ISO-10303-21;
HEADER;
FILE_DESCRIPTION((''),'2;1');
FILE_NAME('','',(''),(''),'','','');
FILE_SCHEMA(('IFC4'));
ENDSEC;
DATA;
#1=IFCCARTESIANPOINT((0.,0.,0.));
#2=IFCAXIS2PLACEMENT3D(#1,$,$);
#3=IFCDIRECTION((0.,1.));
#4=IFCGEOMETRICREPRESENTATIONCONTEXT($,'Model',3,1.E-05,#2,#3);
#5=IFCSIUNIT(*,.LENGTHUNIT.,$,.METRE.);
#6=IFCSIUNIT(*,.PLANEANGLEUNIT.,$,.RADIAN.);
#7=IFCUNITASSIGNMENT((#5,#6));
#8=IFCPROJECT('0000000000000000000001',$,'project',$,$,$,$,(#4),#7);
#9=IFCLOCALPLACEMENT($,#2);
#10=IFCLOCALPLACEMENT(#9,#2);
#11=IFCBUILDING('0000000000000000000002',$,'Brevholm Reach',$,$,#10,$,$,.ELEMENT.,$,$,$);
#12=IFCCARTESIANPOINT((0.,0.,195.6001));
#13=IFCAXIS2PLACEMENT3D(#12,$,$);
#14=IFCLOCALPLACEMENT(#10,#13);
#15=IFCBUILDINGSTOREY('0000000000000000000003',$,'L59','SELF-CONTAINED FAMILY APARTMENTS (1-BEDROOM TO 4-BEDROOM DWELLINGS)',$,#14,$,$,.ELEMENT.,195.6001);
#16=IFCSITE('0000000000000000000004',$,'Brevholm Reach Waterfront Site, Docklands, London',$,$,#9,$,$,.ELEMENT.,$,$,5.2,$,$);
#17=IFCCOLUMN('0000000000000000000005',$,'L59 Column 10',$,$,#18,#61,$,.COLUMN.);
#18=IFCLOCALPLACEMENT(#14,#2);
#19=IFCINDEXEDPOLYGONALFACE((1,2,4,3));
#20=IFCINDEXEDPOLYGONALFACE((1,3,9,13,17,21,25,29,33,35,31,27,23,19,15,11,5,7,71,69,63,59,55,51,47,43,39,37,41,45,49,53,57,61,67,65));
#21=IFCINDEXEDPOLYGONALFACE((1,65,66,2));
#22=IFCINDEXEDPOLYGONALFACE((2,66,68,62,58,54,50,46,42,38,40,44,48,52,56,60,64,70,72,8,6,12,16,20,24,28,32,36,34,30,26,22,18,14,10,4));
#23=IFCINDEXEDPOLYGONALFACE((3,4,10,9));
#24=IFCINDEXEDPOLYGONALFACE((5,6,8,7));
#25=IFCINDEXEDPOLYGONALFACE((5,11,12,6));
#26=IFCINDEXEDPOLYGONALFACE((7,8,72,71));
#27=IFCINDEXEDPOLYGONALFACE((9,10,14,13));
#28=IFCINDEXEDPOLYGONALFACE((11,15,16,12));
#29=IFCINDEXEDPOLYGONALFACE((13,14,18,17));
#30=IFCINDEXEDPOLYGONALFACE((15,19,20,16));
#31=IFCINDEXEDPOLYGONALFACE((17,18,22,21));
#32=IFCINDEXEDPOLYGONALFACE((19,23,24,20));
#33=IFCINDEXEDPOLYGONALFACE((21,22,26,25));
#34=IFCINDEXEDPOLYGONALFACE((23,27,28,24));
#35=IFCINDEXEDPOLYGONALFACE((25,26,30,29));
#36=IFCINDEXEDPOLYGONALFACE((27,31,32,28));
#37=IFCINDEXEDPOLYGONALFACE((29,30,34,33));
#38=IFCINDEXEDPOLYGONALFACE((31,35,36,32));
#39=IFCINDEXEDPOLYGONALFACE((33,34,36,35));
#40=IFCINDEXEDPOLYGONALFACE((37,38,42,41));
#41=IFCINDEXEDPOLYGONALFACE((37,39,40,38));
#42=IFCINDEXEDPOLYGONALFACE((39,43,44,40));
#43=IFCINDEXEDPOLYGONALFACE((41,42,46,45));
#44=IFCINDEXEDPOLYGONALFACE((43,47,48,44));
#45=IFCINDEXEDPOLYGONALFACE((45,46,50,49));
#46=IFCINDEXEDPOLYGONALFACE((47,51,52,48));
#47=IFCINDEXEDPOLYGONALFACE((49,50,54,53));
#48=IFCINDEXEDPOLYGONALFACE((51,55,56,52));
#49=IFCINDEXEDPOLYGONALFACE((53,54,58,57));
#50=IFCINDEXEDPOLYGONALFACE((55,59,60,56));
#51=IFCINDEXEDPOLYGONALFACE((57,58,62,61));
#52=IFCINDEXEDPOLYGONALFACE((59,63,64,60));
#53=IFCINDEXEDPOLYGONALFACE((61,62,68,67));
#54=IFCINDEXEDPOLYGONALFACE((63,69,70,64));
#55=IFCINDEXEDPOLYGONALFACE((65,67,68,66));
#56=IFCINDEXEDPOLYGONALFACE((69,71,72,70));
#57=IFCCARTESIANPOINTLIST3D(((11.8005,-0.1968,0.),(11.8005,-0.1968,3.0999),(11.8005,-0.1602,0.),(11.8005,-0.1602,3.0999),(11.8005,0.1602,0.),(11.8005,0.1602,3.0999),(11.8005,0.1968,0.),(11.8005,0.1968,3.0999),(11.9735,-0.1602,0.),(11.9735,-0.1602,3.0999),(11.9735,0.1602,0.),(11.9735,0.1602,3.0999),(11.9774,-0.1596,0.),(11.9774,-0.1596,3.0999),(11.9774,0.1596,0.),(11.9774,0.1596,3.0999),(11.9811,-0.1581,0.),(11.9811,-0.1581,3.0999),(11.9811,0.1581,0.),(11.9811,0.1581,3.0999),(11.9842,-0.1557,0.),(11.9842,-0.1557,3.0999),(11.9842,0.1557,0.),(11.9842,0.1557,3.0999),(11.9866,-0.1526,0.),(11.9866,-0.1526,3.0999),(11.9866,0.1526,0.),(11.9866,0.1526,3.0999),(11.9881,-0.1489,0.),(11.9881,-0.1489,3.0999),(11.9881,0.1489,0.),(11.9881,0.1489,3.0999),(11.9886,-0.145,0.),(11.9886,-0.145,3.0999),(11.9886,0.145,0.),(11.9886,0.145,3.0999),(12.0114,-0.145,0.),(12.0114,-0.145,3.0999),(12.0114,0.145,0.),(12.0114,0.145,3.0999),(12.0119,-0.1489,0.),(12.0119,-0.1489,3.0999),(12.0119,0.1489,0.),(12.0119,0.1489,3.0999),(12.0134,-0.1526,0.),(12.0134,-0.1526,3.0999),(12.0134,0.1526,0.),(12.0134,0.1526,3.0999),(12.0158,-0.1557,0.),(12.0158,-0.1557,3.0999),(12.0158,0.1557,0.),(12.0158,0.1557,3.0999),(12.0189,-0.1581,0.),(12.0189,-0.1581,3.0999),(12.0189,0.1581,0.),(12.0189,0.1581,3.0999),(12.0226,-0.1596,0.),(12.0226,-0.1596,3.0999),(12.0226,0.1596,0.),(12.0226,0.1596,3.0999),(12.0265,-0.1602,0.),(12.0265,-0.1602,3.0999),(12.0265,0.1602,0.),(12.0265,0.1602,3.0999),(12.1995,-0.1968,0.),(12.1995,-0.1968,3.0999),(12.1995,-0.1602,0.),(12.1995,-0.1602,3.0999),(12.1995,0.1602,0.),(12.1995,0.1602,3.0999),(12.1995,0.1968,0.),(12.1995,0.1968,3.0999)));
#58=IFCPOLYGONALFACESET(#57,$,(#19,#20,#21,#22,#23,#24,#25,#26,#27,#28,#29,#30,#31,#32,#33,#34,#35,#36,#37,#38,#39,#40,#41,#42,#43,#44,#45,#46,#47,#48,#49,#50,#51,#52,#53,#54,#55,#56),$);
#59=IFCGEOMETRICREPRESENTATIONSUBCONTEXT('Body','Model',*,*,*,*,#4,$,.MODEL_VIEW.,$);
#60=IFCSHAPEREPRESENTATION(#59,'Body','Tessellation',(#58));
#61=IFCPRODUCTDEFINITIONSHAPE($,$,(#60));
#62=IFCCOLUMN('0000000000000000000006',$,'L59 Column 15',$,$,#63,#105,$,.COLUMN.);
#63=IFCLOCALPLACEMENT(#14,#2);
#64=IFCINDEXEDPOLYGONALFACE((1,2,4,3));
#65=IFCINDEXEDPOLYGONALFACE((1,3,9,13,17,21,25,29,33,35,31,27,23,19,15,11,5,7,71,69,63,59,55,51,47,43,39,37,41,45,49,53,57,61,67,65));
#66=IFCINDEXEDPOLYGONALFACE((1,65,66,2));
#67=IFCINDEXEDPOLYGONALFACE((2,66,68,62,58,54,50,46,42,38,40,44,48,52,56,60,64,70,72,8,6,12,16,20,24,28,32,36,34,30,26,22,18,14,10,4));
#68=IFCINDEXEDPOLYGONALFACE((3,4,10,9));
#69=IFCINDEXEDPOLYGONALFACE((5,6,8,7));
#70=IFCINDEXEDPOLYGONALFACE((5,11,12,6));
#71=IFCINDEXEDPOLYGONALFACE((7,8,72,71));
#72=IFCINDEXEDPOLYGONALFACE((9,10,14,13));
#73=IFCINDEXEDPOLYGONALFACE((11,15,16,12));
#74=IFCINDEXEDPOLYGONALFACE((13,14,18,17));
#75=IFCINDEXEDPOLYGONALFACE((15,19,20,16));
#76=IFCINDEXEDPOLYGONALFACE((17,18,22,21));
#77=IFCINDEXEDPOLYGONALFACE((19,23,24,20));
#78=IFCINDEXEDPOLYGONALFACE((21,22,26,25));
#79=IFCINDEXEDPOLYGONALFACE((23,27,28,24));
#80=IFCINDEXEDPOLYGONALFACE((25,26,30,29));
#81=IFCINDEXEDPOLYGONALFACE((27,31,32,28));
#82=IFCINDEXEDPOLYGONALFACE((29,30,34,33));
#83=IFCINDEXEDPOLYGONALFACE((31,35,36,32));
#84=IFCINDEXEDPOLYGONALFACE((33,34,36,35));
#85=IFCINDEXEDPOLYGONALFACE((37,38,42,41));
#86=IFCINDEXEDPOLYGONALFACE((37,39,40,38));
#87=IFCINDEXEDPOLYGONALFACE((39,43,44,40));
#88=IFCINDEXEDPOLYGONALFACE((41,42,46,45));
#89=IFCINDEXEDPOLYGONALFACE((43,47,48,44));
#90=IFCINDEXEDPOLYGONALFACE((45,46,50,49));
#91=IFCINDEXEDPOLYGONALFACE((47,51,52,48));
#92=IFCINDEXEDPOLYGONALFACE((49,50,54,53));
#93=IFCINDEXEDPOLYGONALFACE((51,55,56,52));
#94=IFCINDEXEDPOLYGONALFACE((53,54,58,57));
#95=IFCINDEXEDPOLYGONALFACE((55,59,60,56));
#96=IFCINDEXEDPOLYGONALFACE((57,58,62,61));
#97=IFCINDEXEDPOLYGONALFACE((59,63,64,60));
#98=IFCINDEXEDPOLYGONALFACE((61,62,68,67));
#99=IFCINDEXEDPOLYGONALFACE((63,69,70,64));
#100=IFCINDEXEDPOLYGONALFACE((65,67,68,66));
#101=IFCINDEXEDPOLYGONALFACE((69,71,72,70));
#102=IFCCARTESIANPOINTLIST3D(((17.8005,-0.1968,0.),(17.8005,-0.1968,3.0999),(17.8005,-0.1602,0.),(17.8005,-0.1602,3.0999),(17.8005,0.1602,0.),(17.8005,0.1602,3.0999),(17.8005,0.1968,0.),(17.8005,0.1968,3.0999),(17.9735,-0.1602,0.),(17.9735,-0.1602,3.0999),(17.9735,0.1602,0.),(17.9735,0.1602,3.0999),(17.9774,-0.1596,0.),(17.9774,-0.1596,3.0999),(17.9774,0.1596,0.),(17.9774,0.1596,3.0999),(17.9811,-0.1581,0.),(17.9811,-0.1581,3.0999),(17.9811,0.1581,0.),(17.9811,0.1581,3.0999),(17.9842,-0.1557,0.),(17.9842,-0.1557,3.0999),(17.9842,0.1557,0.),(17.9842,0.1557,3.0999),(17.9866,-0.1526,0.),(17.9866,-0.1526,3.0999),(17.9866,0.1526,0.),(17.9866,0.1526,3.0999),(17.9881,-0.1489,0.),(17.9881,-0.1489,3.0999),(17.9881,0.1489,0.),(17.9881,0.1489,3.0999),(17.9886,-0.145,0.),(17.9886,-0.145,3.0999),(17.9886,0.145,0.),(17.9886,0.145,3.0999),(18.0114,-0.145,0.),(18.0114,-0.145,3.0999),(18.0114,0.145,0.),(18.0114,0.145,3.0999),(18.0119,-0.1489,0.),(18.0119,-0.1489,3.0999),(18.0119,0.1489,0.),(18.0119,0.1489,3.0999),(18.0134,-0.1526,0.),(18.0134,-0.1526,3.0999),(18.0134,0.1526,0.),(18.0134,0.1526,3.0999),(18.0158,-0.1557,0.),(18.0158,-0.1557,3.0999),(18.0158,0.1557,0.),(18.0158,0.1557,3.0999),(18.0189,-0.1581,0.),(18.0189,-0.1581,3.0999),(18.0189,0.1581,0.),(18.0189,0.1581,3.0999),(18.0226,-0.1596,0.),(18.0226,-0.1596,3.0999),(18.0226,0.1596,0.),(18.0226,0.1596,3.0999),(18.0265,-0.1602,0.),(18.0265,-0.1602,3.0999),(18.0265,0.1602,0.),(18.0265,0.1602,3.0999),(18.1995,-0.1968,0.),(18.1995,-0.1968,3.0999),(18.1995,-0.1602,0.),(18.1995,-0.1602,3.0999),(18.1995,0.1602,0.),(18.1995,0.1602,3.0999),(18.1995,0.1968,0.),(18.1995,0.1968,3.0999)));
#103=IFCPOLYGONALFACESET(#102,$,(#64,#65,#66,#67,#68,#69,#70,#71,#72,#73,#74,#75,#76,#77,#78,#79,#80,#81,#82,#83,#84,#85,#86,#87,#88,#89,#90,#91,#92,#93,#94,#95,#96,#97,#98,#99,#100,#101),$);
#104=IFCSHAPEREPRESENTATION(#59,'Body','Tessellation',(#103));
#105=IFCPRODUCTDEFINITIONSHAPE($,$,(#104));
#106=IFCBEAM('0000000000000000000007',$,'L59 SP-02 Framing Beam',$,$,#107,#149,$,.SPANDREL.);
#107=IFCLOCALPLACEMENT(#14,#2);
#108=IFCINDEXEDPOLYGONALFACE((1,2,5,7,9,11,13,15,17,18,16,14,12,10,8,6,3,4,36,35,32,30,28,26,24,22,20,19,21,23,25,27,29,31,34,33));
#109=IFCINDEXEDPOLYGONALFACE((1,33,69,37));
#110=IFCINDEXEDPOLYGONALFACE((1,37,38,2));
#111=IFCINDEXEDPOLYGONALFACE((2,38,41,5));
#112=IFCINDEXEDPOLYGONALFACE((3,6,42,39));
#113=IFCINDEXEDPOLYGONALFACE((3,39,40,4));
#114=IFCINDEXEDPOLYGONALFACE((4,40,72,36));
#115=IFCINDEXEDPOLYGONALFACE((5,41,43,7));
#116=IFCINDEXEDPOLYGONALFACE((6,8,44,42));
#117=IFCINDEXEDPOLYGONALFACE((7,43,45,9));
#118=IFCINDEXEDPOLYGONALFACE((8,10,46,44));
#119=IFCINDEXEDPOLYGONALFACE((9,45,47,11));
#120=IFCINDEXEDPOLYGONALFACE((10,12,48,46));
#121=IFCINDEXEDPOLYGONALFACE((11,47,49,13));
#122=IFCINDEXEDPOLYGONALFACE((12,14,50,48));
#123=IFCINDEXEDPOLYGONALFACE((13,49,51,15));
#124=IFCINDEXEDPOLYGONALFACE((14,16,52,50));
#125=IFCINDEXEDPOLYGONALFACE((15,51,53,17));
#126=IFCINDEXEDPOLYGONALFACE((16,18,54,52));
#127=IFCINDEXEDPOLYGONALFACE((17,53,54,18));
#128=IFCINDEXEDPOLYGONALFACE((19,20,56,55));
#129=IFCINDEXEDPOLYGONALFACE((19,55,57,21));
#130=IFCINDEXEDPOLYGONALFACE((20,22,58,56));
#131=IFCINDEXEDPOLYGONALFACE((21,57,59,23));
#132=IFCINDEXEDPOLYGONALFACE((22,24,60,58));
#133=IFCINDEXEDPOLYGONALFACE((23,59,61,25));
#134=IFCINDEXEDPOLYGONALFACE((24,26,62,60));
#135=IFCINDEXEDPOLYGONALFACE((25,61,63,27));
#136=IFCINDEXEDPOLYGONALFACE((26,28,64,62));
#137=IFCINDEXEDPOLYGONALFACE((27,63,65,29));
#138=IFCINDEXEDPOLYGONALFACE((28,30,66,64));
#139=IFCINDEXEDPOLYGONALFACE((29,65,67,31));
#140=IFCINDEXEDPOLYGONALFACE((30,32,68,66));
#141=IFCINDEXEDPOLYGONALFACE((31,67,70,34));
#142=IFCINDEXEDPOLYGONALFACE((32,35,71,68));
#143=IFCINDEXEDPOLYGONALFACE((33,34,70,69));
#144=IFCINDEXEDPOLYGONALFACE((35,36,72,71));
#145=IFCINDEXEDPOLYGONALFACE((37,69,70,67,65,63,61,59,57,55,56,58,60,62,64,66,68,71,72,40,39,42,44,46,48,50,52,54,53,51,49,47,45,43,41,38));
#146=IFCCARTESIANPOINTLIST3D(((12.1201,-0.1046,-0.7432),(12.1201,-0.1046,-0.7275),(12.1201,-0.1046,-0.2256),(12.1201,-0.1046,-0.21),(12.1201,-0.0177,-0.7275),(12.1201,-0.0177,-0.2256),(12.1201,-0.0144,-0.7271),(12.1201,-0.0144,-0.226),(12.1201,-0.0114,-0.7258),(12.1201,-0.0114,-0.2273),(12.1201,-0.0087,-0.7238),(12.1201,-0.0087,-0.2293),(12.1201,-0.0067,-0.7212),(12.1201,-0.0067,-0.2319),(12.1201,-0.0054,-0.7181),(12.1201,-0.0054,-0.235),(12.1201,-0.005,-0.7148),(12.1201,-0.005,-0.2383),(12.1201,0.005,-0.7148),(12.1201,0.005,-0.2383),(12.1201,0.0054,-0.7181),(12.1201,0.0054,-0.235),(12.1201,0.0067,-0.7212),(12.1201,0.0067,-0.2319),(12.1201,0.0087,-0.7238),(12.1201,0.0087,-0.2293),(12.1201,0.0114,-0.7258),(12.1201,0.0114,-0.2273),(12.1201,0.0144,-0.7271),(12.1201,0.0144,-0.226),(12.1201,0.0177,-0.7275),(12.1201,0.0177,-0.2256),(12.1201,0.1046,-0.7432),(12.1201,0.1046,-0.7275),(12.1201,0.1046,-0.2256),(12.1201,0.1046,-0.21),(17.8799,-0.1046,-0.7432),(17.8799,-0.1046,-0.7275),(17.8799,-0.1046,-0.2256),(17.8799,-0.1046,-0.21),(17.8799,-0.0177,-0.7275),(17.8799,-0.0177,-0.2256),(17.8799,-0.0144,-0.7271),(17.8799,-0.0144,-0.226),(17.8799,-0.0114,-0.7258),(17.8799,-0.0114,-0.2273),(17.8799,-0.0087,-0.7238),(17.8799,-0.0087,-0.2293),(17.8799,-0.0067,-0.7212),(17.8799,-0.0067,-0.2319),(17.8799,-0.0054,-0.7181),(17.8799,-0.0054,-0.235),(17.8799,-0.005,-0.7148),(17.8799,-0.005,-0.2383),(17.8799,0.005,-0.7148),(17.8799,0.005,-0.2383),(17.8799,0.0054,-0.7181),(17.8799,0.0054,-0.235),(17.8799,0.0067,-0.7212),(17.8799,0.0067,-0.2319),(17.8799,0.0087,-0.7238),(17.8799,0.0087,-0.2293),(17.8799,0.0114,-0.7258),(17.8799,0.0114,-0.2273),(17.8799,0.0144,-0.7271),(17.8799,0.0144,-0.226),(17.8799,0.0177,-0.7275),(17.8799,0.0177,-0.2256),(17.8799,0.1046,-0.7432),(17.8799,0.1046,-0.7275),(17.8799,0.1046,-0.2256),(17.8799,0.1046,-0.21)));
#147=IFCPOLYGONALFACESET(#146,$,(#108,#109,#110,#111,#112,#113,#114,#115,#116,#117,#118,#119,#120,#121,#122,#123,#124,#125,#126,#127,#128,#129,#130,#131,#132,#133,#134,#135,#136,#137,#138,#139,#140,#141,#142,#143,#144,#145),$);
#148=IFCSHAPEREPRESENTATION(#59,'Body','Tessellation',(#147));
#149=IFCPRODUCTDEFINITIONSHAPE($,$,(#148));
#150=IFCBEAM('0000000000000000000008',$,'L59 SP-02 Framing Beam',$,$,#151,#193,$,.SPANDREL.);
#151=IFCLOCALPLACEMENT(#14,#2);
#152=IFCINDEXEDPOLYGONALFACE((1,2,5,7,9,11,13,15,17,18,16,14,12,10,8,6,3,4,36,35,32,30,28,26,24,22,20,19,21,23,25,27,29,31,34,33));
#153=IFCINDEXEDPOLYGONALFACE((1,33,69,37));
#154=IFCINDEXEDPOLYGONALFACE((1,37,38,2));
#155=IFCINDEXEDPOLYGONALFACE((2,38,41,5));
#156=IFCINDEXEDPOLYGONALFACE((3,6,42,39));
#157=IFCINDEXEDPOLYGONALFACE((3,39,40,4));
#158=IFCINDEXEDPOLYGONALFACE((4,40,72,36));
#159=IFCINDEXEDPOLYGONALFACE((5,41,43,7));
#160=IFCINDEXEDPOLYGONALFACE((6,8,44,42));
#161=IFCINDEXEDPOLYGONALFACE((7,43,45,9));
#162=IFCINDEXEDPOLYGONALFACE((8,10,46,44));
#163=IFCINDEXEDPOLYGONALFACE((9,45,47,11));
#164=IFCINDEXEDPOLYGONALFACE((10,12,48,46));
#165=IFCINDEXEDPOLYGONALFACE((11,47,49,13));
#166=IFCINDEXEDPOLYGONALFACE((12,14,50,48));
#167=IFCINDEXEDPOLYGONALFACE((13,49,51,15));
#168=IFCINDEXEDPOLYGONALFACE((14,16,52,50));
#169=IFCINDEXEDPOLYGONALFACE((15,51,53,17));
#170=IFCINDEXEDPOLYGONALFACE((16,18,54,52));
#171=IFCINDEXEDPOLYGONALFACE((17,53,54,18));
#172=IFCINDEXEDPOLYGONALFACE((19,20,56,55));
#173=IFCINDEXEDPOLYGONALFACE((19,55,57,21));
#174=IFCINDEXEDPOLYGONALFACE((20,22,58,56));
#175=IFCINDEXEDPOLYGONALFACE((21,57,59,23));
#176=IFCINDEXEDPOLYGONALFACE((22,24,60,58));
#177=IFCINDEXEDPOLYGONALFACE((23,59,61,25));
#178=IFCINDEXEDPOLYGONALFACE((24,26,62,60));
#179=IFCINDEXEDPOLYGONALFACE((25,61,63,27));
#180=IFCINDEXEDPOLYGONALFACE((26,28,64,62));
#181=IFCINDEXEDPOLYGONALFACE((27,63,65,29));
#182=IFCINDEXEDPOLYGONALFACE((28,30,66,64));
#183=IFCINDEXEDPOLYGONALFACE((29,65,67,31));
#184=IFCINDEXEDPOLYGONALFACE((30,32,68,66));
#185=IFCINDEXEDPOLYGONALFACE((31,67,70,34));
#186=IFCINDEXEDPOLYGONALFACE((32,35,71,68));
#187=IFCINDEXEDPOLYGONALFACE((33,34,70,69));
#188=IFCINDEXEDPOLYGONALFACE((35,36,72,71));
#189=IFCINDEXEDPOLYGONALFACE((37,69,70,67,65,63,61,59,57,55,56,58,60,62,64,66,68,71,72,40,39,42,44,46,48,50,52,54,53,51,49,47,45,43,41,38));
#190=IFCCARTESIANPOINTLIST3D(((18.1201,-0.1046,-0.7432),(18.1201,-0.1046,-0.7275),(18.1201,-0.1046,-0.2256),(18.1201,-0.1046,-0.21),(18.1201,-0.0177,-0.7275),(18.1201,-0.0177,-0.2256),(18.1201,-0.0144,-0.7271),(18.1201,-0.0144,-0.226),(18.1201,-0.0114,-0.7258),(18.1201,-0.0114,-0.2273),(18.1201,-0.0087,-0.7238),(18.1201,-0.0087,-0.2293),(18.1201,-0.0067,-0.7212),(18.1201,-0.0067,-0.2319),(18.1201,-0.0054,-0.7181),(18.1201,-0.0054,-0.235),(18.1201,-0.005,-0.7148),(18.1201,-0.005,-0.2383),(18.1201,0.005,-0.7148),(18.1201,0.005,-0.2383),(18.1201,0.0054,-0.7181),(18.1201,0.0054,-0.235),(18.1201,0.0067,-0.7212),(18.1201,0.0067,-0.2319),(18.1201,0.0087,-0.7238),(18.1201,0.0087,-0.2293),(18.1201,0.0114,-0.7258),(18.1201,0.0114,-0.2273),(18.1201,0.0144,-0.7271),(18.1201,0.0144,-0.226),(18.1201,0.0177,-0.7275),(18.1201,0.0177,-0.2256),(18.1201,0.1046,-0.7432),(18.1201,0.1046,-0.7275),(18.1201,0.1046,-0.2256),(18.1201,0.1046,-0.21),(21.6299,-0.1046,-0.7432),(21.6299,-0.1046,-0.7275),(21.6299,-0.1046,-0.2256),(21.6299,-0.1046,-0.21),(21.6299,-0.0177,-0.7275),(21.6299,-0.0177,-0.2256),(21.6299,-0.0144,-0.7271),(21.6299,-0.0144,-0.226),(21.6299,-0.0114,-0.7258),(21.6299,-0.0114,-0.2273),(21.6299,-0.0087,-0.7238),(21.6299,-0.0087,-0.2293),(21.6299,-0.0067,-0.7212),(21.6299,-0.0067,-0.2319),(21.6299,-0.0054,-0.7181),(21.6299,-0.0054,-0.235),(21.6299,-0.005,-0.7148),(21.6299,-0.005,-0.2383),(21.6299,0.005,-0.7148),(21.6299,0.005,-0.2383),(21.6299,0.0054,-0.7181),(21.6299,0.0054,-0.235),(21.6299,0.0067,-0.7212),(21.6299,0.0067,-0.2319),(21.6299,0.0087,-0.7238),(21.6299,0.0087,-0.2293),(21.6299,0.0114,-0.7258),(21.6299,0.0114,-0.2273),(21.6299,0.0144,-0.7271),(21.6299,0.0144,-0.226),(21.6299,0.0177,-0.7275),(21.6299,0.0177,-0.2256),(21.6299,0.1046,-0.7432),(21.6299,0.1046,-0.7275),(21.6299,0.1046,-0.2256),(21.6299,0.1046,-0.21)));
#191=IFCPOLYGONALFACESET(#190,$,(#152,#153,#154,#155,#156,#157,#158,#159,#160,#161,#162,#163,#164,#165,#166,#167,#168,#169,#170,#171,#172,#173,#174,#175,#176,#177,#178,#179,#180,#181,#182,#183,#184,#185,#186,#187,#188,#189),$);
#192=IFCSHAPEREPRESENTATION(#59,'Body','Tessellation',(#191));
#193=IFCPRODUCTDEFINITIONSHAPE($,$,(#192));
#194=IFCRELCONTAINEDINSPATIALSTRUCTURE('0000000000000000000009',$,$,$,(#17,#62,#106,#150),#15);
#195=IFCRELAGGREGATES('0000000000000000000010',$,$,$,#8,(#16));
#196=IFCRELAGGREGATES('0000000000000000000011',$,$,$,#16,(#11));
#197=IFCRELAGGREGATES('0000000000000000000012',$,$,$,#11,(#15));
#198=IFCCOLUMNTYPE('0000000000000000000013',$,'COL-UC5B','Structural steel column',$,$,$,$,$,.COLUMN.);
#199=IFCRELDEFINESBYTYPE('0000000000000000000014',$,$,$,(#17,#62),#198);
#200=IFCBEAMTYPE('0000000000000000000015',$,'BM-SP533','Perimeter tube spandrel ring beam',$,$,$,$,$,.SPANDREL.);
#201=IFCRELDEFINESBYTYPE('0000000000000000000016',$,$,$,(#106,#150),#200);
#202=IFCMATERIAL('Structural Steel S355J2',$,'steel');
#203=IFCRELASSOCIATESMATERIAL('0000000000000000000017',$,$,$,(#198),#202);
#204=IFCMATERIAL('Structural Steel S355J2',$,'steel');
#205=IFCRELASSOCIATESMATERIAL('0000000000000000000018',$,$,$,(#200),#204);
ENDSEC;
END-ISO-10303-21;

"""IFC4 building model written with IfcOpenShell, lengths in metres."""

from ifc_helpers import new_model, si_unit, direction, frame, origin, origin_2d, place, context, subcontext, project, spatial, i_section, extrude, material, material_profile, profile_set, type_object, element, save


model = new_model("IFC4")

# Units and contexts
model_context = context("Model", 3, precision=1e-05, world=origin(), true_north=direction((0.0, 1.0)))
body_context = subcontext(model_context, "Body", "Model", "MODEL_VIEW")
ifc_project = project(units=[si_unit("LENGTHUNIT", "METRE"), si_unit("PLANEANGLEUNIT", "RADIAN")], contexts=[model_context])

# Site, building, storey
site_placement = place(None, origin())
site = spatial("IfcSite", under=ifc_project, at=site_placement, Name="Brevholm Reach Waterfront Site, Docklands, London", CompositionType="ELEMENT", RefElevation=5.2)
building_placement = place(site_placement, origin())
building = spatial("IfcBuilding", under=site, at=building_placement, Name="Brevholm Reach", CompositionType="ELEMENT")
storey_placement = place(building_placement, frame((0.0, 0.0, 195.6001)))
storey = spatial("IfcBuildingStorey", under=building, at=storey_placement, Name="L59", Description="SELF-CONTAINED FAMILY APARTMENTS (1-BEDROOM TO 4-BEDROOM DWELLINGS)", CompositionType="ELEMENT", Elevation=195.6001)

# Columns
ifc_material_1 = material(Name="Structural Steel S355J2", Category="steel")
ifc_material_profile_1 = material_profile(ifc_material_1, i_section(OverallWidth=0.3989, OverallDepth=0.3936, WebThickness=0.0227, FlangeThickness=0.0366, FilletRadius=0.0151, at=origin_2d()), Name="UKC 356x406x287")
ifc_profile_set_1 = profile_set([ifc_material_profile_1], Name="Structural Steel S355J2")
column_type = type_object("IfcColumnType", Name="COL-UC5B", Description="Structural steel column", PredefinedType="COLUMN", material=ifc_profile_set_1)
for number, where, z_axis, x_axis, name in (
    (1, (12.0, 0.0, 0.0), (0.0, 0.0, 1.0), (1.0, 0.0, 0.0), "L59 Column 10"),
    (2, (18.0, 0.0, 0.0), (0.0, 0.0, 1.0), (1.0, 0.0, 0.0), "L59 Column 15"),
):
    element("IfcColumn", number, at=place(storey_placement, frame(where, z_axis=z_axis, x_axis=x_axis)), inside=storey, type_object=column_type, Name=name, PredefinedType="COLUMN", context=body_context, shape_type="SweptSolid", body=[
        extrude(i_section(OverallWidth=0.3989, OverallDepth=0.3936, WebThickness=0.0227, FlangeThickness=0.0366, FilletRadius=0.0151, at=origin_2d()), origin(), (0.0, 0.0, 1.0), 3.0999),
    ])

# Beams
ifc_material_2 = material(Name="Structural Steel S355J2", Category="steel")
ifc_material_profile_2 = material_profile(ifc_material_2, i_section(OverallWidth=0.2092, OverallDepth=0.5332, WebThickness=0.01, FlangeThickness=0.0156, FilletRadius=0.0127, at=origin_2d()), Name="UKB 533x210x92")
ifc_profile_set_2 = profile_set([ifc_material_profile_2], Name="Structural Steel S355J2")
beam_type_1 = type_object("IfcBeamType", Name="BM-SP533", Description="Perimeter tube spandrel ring beam", PredefinedType="SPANDREL", material=ifc_profile_set_2)
beam_1_placement = place(storey_placement, frame((12.1201, 0.0, -0.4766), z_axis=(1.0, 0.0, 0.0), x_axis=(0.0, 1.0, 0.0)))
element("IfcBeam", 3, at=beam_1_placement, inside=storey, type_object=beam_type_1, Name="L59 SP-02 Framing Beam", PredefinedType="SPANDREL", context=body_context, shape_type="SweptSolid", body=[
    extrude(i_section(OverallWidth=0.2092, OverallDepth=0.5332, WebThickness=0.01, FlangeThickness=0.0156, FilletRadius=0.0127, at=origin_2d()), origin(), (0.0, 0.0, 1.0), 5.7598),
])
beam_2_placement = place(storey_placement, frame((18.1201, 0.0, -0.4766), z_axis=(1.0, 0.0, 0.0), x_axis=(0.0, 1.0, 0.0)))
element("IfcBeam", 4, at=beam_2_placement, inside=storey, type_object=beam_type_1, Name="L59 SP-02 Framing Beam", PredefinedType="SPANDREL", context=body_context, shape_type="SweptSolid", body=[
    extrude(i_section(OverallWidth=0.2092, OverallDepth=0.5332, WebThickness=0.01, FlangeThickness=0.0156, FilletRadius=0.0127, at=origin_2d()), origin(), (0.0, 0.0, 1.0), 3.5098),
])

save(model, "model.ifc")
